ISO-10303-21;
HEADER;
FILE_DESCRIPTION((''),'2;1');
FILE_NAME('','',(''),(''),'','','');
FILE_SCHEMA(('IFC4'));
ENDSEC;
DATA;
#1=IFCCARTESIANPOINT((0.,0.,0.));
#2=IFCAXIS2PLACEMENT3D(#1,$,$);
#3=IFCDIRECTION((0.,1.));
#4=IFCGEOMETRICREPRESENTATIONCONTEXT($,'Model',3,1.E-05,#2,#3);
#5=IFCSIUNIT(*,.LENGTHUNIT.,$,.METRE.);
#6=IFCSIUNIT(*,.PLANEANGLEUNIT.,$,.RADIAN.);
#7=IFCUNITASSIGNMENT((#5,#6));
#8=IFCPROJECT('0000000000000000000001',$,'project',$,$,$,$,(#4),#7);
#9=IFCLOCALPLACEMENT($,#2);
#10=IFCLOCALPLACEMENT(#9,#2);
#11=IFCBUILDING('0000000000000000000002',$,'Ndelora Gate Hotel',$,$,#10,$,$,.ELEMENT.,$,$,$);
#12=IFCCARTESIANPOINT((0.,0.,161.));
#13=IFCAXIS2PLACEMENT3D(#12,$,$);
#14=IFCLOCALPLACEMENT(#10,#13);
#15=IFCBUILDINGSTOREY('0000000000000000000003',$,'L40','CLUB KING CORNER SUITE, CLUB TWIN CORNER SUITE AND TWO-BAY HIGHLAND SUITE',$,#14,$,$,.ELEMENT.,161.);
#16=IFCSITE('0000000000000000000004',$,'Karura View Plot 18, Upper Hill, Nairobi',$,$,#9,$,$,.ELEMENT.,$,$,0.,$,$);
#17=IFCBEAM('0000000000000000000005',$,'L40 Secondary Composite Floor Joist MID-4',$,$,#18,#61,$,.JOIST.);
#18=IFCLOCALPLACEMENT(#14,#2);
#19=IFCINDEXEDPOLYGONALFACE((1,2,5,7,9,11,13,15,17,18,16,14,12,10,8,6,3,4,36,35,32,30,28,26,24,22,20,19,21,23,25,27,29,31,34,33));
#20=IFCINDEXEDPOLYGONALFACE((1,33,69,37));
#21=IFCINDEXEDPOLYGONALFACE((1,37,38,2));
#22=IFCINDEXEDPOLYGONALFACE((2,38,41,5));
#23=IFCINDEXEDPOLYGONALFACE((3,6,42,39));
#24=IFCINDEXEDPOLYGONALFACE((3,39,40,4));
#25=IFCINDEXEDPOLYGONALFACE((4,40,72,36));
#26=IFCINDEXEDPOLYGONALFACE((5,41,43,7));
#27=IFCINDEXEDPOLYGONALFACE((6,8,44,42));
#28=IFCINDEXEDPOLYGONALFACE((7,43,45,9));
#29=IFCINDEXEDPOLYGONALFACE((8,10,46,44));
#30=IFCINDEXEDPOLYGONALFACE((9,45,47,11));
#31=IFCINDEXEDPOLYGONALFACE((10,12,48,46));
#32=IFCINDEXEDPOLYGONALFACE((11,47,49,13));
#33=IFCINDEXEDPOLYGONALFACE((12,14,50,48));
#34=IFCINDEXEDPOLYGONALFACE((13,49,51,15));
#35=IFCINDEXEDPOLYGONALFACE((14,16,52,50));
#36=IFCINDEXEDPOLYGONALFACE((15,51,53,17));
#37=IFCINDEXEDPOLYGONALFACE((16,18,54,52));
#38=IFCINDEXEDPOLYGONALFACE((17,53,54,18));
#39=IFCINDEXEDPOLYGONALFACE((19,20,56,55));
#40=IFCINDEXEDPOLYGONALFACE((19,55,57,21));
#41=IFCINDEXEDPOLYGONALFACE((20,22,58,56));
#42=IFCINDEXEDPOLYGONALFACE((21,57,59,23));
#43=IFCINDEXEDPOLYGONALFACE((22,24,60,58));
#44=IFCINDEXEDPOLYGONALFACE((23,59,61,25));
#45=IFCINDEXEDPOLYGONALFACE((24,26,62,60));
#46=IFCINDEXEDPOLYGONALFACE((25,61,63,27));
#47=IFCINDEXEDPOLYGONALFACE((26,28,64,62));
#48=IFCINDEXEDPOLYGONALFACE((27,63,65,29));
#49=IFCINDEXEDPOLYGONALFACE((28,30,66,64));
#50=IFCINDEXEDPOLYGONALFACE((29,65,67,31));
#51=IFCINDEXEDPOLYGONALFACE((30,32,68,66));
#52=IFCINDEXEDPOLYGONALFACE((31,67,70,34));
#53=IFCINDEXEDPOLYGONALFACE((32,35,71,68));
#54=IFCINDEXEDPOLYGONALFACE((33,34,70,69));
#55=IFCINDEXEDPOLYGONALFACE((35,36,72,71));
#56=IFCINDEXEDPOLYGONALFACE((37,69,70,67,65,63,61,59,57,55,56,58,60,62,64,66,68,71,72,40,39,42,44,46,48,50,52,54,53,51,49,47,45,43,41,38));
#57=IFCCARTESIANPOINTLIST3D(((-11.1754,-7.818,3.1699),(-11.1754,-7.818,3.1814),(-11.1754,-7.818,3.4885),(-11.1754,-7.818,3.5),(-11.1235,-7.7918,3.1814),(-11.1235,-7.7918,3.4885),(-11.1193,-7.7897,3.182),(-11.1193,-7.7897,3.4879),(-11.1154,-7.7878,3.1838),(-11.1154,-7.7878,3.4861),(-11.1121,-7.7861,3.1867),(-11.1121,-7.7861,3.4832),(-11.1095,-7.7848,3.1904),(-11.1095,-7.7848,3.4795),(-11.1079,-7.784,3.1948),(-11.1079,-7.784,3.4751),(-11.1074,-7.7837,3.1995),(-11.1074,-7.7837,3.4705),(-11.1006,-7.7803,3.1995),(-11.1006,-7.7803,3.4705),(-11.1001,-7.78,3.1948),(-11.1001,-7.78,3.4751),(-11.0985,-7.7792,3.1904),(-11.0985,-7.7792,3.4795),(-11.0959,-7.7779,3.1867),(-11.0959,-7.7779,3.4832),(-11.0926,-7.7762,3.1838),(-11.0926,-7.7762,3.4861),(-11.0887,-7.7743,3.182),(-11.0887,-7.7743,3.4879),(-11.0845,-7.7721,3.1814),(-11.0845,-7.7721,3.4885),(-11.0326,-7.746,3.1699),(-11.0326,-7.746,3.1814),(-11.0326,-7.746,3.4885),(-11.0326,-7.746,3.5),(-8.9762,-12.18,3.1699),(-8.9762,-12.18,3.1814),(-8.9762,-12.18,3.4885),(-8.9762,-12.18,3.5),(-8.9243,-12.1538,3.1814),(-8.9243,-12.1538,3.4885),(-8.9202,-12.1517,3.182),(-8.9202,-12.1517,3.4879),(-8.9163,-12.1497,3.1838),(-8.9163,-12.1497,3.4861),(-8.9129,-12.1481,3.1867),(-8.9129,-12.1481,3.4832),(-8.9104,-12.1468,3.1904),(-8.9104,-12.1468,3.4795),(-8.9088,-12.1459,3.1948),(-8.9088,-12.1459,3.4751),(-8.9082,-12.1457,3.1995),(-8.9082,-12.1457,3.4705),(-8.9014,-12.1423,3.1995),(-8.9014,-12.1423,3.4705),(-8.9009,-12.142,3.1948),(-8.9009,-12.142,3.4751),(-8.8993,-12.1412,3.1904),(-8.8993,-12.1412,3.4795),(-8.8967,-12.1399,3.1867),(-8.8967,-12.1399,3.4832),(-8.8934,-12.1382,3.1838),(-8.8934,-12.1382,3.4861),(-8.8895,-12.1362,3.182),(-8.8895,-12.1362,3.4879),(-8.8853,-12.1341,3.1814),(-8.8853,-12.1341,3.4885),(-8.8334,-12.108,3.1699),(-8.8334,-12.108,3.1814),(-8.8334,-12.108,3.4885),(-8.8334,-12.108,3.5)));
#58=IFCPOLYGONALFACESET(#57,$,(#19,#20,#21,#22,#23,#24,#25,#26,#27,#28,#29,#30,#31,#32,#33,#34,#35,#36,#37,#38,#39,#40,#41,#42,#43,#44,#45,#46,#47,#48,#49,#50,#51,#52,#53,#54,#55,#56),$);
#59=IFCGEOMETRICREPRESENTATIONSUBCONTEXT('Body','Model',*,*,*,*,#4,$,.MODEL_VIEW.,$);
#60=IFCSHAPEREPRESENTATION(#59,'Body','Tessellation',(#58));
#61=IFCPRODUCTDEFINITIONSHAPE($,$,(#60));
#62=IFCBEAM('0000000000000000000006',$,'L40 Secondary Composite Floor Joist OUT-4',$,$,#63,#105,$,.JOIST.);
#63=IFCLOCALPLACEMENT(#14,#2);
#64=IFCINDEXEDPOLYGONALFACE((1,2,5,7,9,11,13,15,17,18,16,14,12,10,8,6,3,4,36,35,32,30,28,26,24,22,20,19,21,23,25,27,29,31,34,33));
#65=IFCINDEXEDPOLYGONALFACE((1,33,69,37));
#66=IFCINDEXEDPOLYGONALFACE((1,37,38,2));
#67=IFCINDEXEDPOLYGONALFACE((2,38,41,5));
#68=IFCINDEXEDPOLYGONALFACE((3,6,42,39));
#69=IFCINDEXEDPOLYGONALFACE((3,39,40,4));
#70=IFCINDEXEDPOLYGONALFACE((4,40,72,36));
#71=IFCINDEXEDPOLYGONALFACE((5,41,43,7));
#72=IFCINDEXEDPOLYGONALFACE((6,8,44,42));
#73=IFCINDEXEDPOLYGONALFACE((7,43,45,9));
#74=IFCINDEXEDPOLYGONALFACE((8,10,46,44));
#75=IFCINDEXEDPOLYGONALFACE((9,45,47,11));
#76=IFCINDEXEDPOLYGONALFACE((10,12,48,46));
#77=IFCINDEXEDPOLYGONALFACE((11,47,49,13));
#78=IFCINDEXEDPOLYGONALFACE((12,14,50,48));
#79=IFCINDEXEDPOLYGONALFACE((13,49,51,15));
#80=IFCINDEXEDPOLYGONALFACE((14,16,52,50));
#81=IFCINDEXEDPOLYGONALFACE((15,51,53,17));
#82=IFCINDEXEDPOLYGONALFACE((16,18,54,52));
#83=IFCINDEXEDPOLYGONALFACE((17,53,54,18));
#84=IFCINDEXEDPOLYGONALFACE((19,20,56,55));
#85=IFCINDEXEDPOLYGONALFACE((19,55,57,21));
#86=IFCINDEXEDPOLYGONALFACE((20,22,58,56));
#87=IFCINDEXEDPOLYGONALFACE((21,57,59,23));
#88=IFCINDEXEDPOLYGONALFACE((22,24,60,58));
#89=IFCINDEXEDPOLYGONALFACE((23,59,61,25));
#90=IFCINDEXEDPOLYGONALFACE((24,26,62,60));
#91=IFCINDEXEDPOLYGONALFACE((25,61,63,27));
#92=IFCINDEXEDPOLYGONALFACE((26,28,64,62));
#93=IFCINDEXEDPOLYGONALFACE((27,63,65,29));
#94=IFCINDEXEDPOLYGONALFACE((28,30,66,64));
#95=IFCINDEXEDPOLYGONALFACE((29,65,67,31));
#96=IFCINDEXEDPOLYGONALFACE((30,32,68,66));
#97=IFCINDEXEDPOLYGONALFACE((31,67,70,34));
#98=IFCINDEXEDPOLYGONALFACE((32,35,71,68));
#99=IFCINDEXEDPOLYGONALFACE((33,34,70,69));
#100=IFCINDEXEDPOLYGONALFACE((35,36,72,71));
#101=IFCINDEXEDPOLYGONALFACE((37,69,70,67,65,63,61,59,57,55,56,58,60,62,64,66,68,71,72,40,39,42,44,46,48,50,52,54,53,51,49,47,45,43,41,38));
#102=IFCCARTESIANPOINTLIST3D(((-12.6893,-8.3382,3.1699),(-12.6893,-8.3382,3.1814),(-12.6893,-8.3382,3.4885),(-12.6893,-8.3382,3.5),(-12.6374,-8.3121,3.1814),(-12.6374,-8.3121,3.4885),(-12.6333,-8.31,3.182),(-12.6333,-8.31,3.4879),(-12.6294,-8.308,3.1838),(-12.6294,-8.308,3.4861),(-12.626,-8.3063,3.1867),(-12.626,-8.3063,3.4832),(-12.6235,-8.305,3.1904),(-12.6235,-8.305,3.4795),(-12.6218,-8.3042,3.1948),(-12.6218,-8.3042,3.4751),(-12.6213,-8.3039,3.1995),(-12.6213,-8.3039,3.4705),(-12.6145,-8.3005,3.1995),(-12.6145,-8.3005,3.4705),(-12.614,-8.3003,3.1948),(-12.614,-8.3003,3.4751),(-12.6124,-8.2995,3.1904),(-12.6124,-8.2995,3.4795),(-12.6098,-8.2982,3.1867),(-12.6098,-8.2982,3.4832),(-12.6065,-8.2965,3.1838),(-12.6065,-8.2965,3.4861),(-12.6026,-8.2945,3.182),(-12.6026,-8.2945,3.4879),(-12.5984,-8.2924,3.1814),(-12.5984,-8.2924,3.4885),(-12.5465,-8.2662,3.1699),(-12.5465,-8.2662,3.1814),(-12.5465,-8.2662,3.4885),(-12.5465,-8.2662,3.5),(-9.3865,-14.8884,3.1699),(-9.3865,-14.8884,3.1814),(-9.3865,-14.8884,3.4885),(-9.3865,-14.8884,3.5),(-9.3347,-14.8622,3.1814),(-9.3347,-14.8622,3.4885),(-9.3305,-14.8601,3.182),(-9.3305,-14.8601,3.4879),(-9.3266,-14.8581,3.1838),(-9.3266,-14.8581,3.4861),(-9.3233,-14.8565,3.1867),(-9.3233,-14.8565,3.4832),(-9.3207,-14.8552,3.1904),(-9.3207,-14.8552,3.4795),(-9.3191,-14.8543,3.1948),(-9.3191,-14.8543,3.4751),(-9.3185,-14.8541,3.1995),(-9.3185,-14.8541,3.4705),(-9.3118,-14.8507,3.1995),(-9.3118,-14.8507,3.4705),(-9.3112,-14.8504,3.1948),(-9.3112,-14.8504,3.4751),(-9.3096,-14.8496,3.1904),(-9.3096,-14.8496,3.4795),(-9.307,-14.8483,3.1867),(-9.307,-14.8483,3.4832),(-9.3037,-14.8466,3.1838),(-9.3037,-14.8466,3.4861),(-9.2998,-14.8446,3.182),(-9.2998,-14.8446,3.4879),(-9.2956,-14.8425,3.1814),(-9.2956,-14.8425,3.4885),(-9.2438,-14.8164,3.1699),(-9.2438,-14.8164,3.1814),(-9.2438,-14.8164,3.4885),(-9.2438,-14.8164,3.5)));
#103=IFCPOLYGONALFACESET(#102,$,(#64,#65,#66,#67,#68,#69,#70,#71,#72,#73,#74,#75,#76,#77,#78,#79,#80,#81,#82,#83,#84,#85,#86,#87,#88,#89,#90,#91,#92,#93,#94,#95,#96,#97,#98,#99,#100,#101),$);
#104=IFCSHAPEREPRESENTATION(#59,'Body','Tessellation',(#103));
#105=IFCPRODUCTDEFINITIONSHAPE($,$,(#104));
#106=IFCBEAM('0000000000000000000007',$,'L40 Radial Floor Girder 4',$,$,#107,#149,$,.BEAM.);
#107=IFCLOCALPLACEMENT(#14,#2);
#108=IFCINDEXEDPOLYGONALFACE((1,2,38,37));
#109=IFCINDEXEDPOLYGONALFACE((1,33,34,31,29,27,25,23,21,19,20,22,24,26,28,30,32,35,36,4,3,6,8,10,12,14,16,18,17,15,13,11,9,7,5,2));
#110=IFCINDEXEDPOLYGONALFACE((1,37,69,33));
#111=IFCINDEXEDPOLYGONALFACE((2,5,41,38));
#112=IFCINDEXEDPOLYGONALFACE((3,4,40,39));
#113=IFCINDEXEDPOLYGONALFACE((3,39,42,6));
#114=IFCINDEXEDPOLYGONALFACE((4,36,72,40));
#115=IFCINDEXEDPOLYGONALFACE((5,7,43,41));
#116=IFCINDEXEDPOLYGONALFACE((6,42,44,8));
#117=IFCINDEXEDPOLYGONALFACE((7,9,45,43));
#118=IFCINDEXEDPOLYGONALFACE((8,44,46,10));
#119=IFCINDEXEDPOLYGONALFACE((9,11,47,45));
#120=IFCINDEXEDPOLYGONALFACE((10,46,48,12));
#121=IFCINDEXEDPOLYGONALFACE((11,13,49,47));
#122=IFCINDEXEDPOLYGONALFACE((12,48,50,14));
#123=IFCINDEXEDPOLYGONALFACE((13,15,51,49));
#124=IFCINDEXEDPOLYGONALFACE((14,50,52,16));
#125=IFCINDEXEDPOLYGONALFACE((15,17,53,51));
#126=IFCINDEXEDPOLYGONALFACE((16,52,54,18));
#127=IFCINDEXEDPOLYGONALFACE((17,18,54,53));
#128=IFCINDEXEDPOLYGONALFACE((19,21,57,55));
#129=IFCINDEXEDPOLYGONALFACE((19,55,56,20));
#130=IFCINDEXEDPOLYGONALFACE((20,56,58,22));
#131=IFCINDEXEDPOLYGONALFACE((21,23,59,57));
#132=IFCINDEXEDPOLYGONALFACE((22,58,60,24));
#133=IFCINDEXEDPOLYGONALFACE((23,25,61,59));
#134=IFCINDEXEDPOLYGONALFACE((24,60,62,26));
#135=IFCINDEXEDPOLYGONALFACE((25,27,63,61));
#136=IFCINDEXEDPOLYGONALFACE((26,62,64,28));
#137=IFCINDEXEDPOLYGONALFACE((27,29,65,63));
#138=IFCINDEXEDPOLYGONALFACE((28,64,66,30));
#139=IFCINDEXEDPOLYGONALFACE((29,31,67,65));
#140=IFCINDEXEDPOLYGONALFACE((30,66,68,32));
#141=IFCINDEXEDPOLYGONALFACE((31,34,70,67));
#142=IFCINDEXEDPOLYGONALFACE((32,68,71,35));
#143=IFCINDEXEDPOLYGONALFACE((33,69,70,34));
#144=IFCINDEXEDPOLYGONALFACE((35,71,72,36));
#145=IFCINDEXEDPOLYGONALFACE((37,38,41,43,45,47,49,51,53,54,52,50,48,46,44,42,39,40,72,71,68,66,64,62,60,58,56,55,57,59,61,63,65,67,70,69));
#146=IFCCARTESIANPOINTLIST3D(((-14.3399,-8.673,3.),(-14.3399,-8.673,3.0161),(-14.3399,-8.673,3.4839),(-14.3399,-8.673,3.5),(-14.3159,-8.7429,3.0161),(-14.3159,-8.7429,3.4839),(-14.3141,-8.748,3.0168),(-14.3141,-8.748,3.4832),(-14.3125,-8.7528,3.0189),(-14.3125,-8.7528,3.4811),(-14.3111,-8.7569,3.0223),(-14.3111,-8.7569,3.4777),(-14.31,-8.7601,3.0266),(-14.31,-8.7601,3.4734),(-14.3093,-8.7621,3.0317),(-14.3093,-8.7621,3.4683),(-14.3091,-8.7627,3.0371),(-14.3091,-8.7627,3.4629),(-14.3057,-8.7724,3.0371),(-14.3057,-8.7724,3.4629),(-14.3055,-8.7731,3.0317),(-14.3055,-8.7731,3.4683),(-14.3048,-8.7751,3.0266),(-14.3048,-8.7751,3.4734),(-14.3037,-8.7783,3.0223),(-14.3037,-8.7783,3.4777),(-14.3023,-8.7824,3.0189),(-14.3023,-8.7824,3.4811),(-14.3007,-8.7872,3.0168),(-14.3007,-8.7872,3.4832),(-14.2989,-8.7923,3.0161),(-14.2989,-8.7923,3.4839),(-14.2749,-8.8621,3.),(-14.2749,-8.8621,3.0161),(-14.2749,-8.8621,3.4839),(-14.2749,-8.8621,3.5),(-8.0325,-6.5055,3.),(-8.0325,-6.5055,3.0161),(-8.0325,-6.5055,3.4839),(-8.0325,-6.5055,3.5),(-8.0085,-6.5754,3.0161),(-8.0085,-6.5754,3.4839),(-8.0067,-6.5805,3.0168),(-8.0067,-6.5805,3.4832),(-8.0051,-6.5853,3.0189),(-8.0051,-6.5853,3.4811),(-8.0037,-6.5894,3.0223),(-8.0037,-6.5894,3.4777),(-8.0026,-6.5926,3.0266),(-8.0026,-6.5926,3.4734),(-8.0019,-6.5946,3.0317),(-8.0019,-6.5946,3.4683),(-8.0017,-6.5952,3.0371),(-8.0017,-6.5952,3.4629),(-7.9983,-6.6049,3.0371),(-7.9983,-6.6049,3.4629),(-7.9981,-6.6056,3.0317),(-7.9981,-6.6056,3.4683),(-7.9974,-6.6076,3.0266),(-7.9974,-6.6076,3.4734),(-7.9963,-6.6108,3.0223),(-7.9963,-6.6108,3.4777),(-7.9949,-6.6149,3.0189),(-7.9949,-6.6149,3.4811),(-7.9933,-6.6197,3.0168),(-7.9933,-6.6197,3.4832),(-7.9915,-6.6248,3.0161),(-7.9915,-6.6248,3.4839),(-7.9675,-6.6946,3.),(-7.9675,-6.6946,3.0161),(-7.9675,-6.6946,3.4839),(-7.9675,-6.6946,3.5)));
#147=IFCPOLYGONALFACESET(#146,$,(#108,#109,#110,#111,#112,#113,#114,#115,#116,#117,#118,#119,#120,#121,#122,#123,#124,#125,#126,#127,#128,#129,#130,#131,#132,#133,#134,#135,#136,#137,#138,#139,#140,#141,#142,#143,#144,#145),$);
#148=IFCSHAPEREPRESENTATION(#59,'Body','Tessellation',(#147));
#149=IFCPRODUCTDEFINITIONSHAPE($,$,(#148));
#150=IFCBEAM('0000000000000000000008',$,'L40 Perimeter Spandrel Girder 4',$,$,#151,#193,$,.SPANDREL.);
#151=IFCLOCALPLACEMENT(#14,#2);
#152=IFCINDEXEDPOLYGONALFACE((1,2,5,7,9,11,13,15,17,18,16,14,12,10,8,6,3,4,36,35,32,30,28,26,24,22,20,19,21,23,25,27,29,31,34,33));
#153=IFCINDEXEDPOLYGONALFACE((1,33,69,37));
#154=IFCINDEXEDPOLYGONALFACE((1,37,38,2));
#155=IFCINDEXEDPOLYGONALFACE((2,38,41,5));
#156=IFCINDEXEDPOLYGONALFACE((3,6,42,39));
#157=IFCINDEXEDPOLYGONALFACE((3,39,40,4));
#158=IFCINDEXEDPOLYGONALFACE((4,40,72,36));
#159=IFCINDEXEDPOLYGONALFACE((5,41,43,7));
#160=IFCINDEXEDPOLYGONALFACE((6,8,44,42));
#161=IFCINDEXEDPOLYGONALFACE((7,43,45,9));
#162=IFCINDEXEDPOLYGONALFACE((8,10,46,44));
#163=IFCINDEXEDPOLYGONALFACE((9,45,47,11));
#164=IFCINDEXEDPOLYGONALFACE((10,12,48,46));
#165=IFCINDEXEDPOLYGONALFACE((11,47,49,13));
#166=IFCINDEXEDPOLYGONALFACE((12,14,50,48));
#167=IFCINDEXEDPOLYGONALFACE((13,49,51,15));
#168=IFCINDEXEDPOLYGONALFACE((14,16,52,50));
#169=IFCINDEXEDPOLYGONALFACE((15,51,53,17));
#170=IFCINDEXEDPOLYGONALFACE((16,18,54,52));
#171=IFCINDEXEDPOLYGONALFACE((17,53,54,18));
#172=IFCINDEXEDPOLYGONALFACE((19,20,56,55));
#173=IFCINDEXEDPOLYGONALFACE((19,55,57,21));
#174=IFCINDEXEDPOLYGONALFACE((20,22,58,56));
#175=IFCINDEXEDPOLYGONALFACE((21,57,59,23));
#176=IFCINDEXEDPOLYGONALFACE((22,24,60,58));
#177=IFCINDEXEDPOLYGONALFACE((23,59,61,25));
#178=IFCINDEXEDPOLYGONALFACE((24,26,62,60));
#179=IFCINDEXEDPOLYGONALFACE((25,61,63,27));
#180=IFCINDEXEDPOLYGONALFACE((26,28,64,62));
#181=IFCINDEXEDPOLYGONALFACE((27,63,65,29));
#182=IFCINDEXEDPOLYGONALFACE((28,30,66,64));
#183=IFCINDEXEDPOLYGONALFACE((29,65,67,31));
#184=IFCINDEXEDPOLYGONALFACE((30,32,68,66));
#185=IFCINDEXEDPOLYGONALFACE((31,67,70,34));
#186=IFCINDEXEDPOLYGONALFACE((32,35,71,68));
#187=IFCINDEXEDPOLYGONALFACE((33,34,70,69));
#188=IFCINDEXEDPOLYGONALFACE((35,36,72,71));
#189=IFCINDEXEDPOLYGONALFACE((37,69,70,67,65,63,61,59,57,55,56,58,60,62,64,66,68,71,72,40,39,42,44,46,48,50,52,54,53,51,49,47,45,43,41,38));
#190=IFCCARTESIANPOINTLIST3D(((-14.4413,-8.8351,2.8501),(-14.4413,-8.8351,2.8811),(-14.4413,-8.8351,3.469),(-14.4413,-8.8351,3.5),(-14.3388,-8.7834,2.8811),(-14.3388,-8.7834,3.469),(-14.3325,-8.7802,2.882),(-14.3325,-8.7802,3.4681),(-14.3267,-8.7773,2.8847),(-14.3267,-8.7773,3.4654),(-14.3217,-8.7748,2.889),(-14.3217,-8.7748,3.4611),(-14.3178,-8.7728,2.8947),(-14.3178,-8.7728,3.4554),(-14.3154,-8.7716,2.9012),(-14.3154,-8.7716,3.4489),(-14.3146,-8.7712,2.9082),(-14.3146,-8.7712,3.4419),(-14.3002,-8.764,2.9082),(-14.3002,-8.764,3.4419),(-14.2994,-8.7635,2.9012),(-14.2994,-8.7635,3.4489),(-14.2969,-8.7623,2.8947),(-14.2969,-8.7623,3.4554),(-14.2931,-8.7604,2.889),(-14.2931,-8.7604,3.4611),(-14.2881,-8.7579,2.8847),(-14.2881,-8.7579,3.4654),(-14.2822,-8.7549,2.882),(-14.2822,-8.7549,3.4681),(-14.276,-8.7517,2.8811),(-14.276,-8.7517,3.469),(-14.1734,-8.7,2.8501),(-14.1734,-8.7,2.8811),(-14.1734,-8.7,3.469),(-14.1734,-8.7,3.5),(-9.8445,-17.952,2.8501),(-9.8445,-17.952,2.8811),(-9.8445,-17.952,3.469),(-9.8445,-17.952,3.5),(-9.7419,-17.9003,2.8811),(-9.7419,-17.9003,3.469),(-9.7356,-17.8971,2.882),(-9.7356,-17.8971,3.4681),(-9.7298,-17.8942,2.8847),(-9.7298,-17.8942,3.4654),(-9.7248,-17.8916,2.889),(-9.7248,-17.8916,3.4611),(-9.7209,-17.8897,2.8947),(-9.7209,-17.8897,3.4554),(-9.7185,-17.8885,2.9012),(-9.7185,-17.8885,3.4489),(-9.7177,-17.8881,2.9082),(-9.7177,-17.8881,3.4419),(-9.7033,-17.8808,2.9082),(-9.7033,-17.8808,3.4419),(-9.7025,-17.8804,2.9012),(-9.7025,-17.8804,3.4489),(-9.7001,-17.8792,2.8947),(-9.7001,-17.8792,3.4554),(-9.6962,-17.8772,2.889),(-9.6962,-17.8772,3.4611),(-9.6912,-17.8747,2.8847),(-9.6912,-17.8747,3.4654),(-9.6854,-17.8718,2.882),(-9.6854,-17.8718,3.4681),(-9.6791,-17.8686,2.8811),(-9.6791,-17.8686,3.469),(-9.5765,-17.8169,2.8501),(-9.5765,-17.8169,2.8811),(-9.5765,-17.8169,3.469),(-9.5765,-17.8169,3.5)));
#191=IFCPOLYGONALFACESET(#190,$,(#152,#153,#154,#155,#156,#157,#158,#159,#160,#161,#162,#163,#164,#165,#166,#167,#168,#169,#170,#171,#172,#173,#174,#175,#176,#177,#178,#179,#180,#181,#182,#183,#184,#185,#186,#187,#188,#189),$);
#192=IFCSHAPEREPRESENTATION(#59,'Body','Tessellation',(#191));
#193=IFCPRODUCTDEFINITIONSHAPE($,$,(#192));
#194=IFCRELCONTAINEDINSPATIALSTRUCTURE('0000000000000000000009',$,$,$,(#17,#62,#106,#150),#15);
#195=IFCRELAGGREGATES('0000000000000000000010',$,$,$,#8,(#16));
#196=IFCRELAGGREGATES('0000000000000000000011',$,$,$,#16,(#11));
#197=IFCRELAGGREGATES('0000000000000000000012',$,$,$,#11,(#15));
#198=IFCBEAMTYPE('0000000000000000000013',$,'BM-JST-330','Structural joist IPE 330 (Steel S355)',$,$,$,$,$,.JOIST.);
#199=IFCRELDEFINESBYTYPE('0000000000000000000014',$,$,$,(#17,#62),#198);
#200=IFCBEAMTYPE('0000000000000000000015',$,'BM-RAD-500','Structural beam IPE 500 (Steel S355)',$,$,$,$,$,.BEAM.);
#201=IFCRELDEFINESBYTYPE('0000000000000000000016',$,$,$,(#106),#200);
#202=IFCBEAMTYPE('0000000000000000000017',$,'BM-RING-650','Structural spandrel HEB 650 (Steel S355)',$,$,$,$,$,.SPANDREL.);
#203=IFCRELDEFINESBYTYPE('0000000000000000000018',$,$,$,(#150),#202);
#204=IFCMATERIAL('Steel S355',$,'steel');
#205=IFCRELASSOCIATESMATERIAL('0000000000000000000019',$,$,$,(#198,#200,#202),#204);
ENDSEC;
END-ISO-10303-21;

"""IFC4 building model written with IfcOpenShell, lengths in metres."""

from ifc_helpers import new_model, si_unit, direction, frame, origin, origin_2d, place, context, subcontext, project, spatial, i_section, extrude, material, material_profile, profile_set, type_object, element, save


model = new_model("IFC4")

# Units and contexts
model_context = context("Model", 3, precision=1e-05, world=origin(), true_north=direction((0.0, 1.0)))
body_context = subcontext(model_context, "Body", "Model", "MODEL_VIEW")
ifc_project = project(units=[si_unit("LENGTHUNIT", "METRE"), si_unit("PLANEANGLEUNIT", "RADIAN")], contexts=[model_context])

# Site, building, storey
site_placement = place(None, origin())
site = spatial("IfcSite", under=ifc_project, at=site_placement, Name="Karura View Plot 18, Upper Hill, Nairobi", CompositionType="ELEMENT", RefElevation=0.0)
building_placement = place(site_placement, origin())
building = spatial("IfcBuilding", under=site, at=building_placement, Name="Ndelora Gate Hotel", CompositionType="ELEMENT")
storey_placement = place(building_placement, frame((0.0, 0.0, 161.0)))
storey = spatial("IfcBuildingStorey", under=building, at=storey_placement, Name="L40", Description="CLUB KING CORNER SUITE, CLUB TWIN CORNER SUITE AND TWO-BAY HIGHLAND SUITE", CompositionType="ELEMENT", Elevation=161.0)

# Beams
ifc_material_1 = material(Name="Steel S355", Category="steel")
ifc_material_profile_1 = material_profile(ifc_material_1, i_section(OverallWidth=0.1599, OverallDepth=0.3301, WebThickness=0.0076, FlangeThickness=0.0115, FilletRadius=0.0181, at=origin_2d()), Name="IPE 330")
ifc_profile_set_1 = profile_set([ifc_material_profile_1], Name="Steel S355")
beam_type_1 = type_object("IfcBeamType", Name="BM-JST-330", Description="Structural joist IPE 330 (Steel S355)", PredefinedType="JOIST", material=ifc_profile_set_1)
beam_1_placement = place(storey_placement, frame((-11.104, -7.782, 3.335), z_axis=(0.45019, -0.892933, 0.0), x_axis=(0.892933, 0.45019, 0.0)))
element("IfcBeam", 1, at=beam_1_placement, inside=storey, type_object=beam_type_1, Name="L40 Secondary Composite Floor Joist MID-4", PredefinedType="JOIST", context=body_context, shape_type="SweptSolid", body=[
    extrude(i_section(OverallWidth=0.1599, OverallDepth=0.3301, WebThickness=0.0076, FlangeThickness=0.0115, FilletRadius=0.0181, at=origin_2d()), origin(), (0.0, 0.0, 1.0), 4.885),
])
beam_2_placement = place(storey_placement, frame((-12.6179, -8.3022, 3.335), z_axis=(0.450233, -0.892911, 0.0), x_axis=(0.892911, 0.450233, 0.0)))
element("IfcBeam", 2, at=beam_2_placement, inside=storey, type_object=beam_type_1, Name="L40 Secondary Composite Floor Joist OUT-4", PredefinedType="JOIST", context=body_context, shape_type="SweptSolid", body=[
    extrude(i_section(OverallWidth=0.1599, OverallDepth=0.3301, WebThickness=0.0076, FlangeThickness=0.0115, FilletRadius=0.0181, at=origin_2d()), origin(), (0.0, 0.0, 1.0), 7.3357),
])
ifc_material_profile_2 = material_profile(ifc_material_1, i_section(OverallWidth=0.2, OverallDepth=0.5, WebThickness=0.0103, FlangeThickness=0.0161, FilletRadius=0.021, at=origin_2d()), Name="IPE 500")
ifc_profile_set_2 = profile_set([ifc_material_profile_2], Name="Steel S355")
beam_type_2 = type_object("IfcBeamType", Name="BM-RAD-500", Description="Structural beam IPE 500 (Steel S355)", PredefinedType="BEAM", material=ifc_profile_set_2)
beam_3_placement = place(storey_placement, frame((-8.0, -6.6001, 3.25), z_axis=(-0.945718, -0.324989, 0.0), x_axis=(0.324989, -0.945718, 0.0)))
element("IfcBeam", 3, at=beam_3_placement, inside=storey, type_object=beam_type_2, Name="L40 Radial Floor Girder 4", PredefinedType="BEAM", context=body_context, shape_type="SweptSolid", body=[
    extrude(i_section(OverallWidth=0.2, OverallDepth=0.5, WebThickness=0.0103, FlangeThickness=0.0161, FilletRadius=0.021, at=origin_2d()), origin(), (0.0, 0.0, 1.0), 6.6694),
])
ifc_material_profile_3 = material_profile(ifc_material_1, i_section(OverallWidth=0.3, OverallDepth=0.6499, WebThickness=0.0161, FlangeThickness=0.031, FilletRadius=0.0271, at=origin_2d()), Name="HEB 650")
ifc_profile_set_3 = profile_set([ifc_material_profile_3], Name="Steel S355")
beam_type_3 = type_object("IfcBeamType", Name="BM-RING-650", Description="Structural spandrel HEB 650 (Steel S355)", PredefinedType="SPANDREL", material=ifc_profile_set_3)
beam_4_placement = place(storey_placement, frame((-14.3074, -8.7676, 3.175), z_axis=(0.450224, -0.892916, 0.0), x_axis=(0.892916, 0.450224, 0.0)))
element("IfcBeam", 4, at=beam_4_placement, inside=storey, type_object=beam_type_3, Name="L40 Perimeter Spandrel Girder 4", PredefinedType="SPANDREL", context=body_context, shape_type="SweptSolid", body=[
    extrude(i_section(OverallWidth=0.3, OverallDepth=0.6499, WebThickness=0.0161, FlangeThickness=0.031, FilletRadius=0.0271, at=origin_2d()), origin(), (0.0, 0.0, 1.0), 10.2102),
])

save(model, "model.ifc")
